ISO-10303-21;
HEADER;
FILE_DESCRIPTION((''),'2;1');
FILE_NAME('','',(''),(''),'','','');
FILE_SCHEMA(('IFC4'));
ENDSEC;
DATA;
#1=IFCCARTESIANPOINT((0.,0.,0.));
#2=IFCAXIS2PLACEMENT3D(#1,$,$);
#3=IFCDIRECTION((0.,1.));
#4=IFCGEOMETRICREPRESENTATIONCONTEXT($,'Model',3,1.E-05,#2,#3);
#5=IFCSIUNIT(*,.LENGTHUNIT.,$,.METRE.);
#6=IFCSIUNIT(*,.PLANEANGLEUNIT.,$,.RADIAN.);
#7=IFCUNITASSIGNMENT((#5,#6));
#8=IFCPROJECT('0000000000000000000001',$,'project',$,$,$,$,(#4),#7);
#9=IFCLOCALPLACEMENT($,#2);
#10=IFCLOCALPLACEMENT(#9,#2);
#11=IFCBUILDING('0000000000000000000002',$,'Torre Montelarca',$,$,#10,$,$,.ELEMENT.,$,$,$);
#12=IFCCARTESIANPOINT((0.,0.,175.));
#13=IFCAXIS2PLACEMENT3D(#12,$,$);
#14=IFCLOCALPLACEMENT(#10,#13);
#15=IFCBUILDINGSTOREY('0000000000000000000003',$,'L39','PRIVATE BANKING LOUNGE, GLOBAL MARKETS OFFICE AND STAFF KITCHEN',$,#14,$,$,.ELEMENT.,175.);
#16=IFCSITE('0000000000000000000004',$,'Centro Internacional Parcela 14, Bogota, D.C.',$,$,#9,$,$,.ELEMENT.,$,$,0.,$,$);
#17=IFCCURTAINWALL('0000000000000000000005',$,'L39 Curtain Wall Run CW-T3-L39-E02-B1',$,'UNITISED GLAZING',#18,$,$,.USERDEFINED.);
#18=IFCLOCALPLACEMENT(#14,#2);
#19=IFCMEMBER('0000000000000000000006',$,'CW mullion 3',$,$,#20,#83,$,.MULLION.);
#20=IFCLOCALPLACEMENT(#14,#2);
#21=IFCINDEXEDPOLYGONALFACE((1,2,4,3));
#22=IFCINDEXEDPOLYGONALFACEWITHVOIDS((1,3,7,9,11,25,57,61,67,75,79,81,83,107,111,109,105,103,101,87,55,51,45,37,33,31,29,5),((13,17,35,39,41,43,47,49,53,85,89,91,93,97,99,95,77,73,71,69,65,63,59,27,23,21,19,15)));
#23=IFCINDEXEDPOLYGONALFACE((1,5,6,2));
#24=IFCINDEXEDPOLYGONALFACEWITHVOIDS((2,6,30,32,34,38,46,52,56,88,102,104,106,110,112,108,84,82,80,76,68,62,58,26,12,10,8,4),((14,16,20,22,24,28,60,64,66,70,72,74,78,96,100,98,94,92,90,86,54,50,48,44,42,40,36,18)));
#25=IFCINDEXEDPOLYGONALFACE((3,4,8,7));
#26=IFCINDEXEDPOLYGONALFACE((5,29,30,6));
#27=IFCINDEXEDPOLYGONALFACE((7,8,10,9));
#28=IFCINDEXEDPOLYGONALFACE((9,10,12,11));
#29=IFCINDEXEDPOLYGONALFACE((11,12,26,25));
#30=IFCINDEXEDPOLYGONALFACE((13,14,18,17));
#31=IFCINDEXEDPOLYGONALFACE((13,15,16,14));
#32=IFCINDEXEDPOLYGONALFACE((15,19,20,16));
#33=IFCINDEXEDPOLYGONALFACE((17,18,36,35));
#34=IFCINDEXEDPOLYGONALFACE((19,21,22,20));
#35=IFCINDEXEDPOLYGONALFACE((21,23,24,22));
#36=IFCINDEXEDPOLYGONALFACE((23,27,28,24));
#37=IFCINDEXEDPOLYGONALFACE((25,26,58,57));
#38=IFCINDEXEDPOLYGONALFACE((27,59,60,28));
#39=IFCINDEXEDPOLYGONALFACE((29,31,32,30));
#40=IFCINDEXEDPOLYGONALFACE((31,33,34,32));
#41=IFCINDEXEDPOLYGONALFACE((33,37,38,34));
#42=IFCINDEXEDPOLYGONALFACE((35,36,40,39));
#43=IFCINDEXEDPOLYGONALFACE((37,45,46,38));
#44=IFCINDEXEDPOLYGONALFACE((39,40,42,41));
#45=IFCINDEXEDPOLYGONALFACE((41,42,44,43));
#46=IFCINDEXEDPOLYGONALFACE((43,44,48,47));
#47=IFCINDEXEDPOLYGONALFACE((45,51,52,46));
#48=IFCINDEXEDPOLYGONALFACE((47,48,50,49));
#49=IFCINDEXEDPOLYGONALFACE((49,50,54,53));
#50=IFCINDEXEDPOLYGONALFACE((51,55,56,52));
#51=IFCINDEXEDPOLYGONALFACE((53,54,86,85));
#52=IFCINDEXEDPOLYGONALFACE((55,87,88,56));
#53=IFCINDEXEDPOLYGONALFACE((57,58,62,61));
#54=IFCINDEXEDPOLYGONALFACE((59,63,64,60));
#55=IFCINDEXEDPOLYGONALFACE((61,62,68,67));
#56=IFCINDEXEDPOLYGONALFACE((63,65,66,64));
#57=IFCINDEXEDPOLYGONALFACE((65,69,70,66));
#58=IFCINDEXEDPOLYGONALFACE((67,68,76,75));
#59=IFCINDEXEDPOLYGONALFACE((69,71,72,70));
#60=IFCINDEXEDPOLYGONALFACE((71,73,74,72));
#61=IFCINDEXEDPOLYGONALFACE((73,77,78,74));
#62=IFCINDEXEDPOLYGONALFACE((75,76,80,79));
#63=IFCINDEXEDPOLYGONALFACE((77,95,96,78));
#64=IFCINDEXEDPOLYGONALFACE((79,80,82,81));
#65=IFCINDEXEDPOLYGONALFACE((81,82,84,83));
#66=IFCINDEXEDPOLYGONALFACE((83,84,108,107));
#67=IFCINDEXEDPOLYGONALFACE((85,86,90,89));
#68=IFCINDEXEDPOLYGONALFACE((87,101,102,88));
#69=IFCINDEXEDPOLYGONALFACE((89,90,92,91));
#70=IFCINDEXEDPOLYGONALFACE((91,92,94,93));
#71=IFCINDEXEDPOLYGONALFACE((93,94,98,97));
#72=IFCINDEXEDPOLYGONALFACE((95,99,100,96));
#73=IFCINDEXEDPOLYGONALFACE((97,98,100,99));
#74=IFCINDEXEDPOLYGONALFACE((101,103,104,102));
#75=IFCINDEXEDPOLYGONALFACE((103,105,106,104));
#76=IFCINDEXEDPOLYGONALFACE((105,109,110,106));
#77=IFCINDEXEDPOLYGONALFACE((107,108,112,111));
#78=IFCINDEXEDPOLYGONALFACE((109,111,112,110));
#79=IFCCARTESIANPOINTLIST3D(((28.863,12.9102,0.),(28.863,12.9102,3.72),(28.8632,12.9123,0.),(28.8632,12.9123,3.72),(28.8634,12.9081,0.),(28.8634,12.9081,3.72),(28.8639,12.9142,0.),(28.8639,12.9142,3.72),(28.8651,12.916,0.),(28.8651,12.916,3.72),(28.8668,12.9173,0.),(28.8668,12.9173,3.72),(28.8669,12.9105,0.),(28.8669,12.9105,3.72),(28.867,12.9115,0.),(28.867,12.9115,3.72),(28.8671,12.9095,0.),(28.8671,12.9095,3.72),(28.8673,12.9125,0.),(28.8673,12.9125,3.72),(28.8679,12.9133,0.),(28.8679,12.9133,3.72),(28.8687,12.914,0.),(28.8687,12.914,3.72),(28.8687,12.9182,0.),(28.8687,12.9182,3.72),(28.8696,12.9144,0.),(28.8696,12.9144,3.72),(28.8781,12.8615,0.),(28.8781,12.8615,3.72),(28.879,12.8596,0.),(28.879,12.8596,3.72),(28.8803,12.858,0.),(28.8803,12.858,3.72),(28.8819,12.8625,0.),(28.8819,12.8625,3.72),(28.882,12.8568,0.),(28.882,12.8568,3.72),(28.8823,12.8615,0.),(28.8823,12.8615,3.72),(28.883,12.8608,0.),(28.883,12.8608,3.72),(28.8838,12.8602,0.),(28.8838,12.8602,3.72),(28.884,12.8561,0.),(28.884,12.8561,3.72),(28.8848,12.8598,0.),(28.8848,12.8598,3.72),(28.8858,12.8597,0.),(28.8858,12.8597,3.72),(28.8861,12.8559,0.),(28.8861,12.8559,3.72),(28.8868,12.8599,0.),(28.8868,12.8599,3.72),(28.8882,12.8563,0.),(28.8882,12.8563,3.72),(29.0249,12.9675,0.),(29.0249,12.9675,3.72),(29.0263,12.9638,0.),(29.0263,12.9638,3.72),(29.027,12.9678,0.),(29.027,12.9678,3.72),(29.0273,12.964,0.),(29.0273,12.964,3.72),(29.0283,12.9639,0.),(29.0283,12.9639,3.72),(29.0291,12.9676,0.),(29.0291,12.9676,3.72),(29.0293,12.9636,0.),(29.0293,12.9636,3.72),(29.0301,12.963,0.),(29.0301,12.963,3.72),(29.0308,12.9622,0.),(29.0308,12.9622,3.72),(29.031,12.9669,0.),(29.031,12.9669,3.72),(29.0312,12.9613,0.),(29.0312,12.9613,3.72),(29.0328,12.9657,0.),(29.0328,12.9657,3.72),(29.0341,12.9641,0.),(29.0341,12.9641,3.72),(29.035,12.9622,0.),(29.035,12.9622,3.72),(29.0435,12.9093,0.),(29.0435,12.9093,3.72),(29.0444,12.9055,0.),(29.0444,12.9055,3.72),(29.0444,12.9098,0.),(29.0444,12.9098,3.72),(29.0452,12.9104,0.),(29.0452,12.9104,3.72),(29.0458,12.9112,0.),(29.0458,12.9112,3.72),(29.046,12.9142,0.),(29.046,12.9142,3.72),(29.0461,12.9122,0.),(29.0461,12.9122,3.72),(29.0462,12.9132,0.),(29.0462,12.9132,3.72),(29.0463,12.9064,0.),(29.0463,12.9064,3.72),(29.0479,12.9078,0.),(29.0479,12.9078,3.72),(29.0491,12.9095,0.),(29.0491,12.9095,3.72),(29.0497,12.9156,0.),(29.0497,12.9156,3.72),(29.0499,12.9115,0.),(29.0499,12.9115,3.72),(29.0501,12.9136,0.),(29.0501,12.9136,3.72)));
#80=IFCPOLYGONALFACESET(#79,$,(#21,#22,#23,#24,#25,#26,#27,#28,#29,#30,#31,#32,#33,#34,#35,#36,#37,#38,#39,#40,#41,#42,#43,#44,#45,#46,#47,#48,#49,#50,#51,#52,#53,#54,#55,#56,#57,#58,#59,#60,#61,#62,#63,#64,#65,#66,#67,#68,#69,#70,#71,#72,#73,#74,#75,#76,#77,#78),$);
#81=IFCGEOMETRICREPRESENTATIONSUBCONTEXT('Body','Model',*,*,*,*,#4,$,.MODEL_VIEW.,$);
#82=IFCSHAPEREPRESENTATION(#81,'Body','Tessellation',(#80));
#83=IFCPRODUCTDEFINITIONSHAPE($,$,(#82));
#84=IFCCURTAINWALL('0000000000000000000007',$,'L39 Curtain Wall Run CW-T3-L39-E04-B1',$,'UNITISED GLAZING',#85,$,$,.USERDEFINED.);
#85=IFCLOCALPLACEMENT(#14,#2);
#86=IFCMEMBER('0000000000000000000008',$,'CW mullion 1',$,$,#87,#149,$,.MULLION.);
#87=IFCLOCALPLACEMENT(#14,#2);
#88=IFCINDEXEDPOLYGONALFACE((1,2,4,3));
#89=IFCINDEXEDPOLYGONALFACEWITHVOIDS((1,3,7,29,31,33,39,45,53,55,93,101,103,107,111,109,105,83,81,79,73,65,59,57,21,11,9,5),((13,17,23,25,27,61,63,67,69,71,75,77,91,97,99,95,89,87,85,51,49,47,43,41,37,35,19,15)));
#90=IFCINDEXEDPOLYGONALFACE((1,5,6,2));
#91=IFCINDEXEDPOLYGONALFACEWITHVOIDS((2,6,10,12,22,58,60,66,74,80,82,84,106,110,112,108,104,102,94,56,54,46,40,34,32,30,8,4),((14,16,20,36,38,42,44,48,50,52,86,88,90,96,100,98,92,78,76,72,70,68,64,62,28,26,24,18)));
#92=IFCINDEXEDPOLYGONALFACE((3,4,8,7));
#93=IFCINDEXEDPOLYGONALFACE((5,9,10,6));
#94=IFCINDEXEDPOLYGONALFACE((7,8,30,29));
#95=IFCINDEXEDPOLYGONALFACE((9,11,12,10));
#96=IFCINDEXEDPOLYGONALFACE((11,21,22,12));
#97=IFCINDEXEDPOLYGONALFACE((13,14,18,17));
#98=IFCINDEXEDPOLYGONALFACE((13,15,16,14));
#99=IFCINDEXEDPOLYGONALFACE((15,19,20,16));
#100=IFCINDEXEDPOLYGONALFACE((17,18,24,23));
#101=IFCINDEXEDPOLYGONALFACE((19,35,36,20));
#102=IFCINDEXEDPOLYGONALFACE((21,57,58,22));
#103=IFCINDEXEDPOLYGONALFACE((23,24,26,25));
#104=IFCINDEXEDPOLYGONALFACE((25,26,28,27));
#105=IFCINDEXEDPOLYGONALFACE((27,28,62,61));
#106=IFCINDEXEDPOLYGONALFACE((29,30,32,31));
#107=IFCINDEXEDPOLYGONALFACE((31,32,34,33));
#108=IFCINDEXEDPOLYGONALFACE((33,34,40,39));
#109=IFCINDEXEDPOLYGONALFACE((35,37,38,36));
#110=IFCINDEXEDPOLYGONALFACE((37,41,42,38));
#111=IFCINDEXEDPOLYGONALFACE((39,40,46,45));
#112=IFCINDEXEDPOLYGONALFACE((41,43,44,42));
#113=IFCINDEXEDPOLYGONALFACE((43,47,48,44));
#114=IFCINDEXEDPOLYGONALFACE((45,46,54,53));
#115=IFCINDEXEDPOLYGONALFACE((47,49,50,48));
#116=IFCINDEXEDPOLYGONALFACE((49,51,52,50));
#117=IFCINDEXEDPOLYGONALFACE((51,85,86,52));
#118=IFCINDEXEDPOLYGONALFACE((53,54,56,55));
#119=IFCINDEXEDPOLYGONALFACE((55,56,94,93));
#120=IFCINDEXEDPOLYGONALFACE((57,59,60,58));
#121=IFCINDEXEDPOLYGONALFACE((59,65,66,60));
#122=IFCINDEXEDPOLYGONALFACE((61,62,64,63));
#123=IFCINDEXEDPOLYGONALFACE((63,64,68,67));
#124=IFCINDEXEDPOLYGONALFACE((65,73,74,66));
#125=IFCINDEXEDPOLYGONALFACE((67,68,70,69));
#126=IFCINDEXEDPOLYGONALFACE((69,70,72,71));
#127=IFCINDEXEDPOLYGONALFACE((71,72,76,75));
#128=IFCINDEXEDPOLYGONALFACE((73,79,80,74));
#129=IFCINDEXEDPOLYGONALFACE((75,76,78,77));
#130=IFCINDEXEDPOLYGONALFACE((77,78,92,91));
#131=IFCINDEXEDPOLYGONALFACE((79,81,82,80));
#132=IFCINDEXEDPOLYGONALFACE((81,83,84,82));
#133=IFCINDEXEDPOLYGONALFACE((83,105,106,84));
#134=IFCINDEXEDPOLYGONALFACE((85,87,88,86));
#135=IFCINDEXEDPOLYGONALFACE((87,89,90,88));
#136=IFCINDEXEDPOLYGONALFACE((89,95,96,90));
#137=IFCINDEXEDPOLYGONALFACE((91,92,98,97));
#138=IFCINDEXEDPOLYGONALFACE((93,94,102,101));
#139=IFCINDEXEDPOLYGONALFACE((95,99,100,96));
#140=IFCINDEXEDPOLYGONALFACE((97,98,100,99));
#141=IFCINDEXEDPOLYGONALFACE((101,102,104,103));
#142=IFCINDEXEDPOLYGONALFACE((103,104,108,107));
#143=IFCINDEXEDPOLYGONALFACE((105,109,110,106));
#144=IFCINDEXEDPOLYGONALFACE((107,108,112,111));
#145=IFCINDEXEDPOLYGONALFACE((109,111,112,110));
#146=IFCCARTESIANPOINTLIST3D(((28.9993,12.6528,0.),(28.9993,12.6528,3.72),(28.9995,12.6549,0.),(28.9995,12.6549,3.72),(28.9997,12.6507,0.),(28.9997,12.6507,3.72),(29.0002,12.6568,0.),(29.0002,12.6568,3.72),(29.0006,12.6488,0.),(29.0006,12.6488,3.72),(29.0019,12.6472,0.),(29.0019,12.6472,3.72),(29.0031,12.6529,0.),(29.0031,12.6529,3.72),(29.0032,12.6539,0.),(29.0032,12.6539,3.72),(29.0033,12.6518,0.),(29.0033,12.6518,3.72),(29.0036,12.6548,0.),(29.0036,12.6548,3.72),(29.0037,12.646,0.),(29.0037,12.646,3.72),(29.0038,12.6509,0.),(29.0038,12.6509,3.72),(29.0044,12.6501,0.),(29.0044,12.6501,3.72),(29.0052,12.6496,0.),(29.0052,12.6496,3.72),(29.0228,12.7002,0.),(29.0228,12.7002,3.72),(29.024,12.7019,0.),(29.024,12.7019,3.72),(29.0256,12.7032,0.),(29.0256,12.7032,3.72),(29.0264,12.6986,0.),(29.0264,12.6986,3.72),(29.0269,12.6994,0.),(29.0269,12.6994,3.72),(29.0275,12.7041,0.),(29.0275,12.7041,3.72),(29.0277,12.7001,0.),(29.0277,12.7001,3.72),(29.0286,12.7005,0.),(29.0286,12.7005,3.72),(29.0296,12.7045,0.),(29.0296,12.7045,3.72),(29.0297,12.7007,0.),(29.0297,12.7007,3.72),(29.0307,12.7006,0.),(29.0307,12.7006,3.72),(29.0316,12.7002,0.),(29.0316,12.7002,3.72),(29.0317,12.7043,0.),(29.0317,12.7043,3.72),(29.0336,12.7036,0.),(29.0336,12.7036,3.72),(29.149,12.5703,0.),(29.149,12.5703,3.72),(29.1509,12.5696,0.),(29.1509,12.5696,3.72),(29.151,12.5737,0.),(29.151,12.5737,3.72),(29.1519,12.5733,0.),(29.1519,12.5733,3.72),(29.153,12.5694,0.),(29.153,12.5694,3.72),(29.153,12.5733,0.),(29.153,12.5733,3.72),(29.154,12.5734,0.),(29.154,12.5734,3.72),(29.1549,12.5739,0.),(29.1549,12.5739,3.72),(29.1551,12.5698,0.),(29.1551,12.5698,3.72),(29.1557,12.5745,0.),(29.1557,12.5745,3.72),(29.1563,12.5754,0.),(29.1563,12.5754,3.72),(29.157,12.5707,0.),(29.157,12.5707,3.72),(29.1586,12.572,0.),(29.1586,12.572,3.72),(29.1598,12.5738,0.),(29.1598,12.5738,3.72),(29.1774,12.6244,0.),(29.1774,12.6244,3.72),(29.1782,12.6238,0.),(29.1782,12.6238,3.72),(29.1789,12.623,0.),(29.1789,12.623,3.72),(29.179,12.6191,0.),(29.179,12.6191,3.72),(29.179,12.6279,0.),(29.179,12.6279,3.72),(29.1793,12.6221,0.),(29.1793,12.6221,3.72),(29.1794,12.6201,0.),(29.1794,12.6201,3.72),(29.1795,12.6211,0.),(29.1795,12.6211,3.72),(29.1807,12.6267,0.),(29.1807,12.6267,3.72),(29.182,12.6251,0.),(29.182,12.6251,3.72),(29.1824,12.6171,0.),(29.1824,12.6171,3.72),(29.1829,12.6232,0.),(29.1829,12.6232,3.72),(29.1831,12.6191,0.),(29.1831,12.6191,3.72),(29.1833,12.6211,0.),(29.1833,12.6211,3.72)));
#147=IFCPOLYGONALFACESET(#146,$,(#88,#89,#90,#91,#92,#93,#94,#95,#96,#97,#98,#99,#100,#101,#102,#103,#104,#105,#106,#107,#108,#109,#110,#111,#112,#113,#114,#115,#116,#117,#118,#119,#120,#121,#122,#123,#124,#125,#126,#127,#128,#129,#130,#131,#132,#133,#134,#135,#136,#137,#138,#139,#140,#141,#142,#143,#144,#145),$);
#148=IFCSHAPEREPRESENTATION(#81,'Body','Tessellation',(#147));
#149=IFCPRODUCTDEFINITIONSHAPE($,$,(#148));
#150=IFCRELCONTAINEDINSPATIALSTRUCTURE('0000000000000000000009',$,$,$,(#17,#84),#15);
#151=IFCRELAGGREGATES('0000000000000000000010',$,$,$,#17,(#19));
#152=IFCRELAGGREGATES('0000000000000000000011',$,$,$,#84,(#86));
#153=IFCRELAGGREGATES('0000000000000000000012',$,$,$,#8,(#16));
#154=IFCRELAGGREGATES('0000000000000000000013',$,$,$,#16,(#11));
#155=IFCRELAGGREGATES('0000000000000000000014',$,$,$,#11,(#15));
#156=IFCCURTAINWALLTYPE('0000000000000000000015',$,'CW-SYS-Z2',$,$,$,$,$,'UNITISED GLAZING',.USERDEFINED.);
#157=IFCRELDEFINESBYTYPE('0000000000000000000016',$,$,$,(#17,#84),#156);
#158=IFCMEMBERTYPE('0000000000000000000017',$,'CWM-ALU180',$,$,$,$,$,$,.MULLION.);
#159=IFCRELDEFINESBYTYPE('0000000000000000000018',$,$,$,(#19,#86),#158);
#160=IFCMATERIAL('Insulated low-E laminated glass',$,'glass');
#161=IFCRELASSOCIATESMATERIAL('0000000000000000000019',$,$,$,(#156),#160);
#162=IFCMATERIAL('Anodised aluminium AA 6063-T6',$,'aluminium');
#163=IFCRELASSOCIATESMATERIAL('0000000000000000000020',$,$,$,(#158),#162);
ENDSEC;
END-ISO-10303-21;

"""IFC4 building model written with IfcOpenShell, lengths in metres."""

from ifc_helpers import new_model, si_unit, direction, frame, origin, origin_2d, place, context, subcontext, project, spatial, hollow_rectangle, extrude, source, transform, mapped, material, material_profile, profile_set, type_object, element, aggregate, save


model = new_model("IFC4")

# Units and contexts
model_context = context("Model", 3, precision=1e-05, world=origin(), true_north=direction((0.0, 1.0)))
body_context = subcontext(model_context, "Body", "Model", "MODEL_VIEW")
ifc_project = project(units=[si_unit("LENGTHUNIT", "METRE"), si_unit("PLANEANGLEUNIT", "RADIAN")], contexts=[model_context])

# Site, building, storey
site_placement = place(None, origin())
site = spatial("IfcSite", under=ifc_project, at=site_placement, Name="Centro Internacional Parcela 14, Bogota, D.C.", CompositionType="ELEMENT", RefElevation=0.0)
building_placement = place(site_placement, origin())
building = spatial("IfcBuilding", under=site, at=building_placement, Name="Torre Montelarca", CompositionType="ELEMENT")
storey_placement = place(building_placement, frame((0.0, 0.0, 175.0)))
storey = spatial("IfcBuildingStorey", under=building, at=storey_placement, Name="L39", Description="PRIVATE BANKING LOUNGE, GLOBAL MARKETS OFFICE AND STAFF KITCHEN", CompositionType="ELEMENT", Elevation=175.0)

# Curtain wall
ifc_material_1 = material(Name="Insulated low-E laminated glass", Category="glass")
curtain_wall_type = type_object("IfcCurtainWallType", Name="CW-SYS-Z2", ElementType="UNITISED GLAZING", PredefinedType="USERDEFINED", material=ifc_material_1)
curtain_wall_1_placement = place(storey_placement, origin())
curtain_wall_1 = element("IfcCurtainWall", 1, at=curtain_wall_1_placement, inside=storey, type_object=curtain_wall_type, Name="L39 Curtain Wall Run CW-T3-L39-E02-B1", ObjectType="UNITISED GLAZING", PredefinedType="USERDEFINED")
ifc_material_2 = material(Name="Anodised aluminium AA 6063-T6", Category="aluminium")
ifc_material_profile_1 = material_profile(ifc_material_2, hollow_rectangle(XDim=0.0649, YDim=0.1799, WallThickness=0.0039, InnerFilletRadius=0.0039, OuterFilletRadius=0.0081, at=origin_2d()), Name="ALU65X180X4", Category="aluminium")
ifc_profile_set_1 = profile_set([ifc_material_profile_1], Name="Anodised aluminium AA 6063-T6")
member_type_1 = type_object("IfcMemberType", Name="CWM-ALU180", PredefinedType="MULLION", material=ifc_profile_set_1)
shared_shape_1 = source(origin(), body_context, "Body", "SweptSolid", [
    extrude(hollow_rectangle(XDim=0.0649, YDim=0.1799, WallThickness=0.0039, InnerFilletRadius=0.0039, OuterFilletRadius=0.0081, at=origin_2d()), origin(), (0.0, 0.0, 1.0), 3.72),
])

# Member
member_1_placement = place(storey_placement, frame((28.9565, 12.9119, 0.0), z_axis=(0.0, 0.0, 1.0), x_axis=(-0.300703, 0.953718, 0.0)))
member_1 = element("IfcMember", 2, at=member_1_placement, type_object=member_type_1, Name="CW mullion 3", PredefinedType="MULLION", context=body_context, shape_type="MappedRepresentation", body=[
    mapped(shared_shape_1, transform((0.0, 0.0, 0.0), scale=1.0)),
])

# Curtain wall, member
curtain_wall_2_placement = place(storey_placement, origin())
curtain_wall_2 = element("IfcCurtainWall", 3, at=curtain_wall_2_placement, inside=storey, type_object=curtain_wall_type, Name="L39 Curtain Wall Run CW-T3-L39-E04-B1", ObjectType="UNITISED GLAZING", PredefinedType="USERDEFINED")
member_2_placement = place(storey_placement, frame((29.0913, 12.637, 0.0), z_axis=(0.0, 0.0, 1.0), x_axis=(0.461744, 0.887013, 0.0)))
member_2 = element("IfcMember", 4, at=member_2_placement, type_object=member_type_1, Name="CW mullion 1", PredefinedType="MULLION", context=body_context, shape_type="MappedRepresentation", body=[
    mapped(shared_shape_1, transform((0.0, 0.0, 0.0), scale=1.0)),
])

aggregate(curtain_wall_1, [member_1])
aggregate(curtain_wall_2, [member_2])

save(model, "model.ifc")
